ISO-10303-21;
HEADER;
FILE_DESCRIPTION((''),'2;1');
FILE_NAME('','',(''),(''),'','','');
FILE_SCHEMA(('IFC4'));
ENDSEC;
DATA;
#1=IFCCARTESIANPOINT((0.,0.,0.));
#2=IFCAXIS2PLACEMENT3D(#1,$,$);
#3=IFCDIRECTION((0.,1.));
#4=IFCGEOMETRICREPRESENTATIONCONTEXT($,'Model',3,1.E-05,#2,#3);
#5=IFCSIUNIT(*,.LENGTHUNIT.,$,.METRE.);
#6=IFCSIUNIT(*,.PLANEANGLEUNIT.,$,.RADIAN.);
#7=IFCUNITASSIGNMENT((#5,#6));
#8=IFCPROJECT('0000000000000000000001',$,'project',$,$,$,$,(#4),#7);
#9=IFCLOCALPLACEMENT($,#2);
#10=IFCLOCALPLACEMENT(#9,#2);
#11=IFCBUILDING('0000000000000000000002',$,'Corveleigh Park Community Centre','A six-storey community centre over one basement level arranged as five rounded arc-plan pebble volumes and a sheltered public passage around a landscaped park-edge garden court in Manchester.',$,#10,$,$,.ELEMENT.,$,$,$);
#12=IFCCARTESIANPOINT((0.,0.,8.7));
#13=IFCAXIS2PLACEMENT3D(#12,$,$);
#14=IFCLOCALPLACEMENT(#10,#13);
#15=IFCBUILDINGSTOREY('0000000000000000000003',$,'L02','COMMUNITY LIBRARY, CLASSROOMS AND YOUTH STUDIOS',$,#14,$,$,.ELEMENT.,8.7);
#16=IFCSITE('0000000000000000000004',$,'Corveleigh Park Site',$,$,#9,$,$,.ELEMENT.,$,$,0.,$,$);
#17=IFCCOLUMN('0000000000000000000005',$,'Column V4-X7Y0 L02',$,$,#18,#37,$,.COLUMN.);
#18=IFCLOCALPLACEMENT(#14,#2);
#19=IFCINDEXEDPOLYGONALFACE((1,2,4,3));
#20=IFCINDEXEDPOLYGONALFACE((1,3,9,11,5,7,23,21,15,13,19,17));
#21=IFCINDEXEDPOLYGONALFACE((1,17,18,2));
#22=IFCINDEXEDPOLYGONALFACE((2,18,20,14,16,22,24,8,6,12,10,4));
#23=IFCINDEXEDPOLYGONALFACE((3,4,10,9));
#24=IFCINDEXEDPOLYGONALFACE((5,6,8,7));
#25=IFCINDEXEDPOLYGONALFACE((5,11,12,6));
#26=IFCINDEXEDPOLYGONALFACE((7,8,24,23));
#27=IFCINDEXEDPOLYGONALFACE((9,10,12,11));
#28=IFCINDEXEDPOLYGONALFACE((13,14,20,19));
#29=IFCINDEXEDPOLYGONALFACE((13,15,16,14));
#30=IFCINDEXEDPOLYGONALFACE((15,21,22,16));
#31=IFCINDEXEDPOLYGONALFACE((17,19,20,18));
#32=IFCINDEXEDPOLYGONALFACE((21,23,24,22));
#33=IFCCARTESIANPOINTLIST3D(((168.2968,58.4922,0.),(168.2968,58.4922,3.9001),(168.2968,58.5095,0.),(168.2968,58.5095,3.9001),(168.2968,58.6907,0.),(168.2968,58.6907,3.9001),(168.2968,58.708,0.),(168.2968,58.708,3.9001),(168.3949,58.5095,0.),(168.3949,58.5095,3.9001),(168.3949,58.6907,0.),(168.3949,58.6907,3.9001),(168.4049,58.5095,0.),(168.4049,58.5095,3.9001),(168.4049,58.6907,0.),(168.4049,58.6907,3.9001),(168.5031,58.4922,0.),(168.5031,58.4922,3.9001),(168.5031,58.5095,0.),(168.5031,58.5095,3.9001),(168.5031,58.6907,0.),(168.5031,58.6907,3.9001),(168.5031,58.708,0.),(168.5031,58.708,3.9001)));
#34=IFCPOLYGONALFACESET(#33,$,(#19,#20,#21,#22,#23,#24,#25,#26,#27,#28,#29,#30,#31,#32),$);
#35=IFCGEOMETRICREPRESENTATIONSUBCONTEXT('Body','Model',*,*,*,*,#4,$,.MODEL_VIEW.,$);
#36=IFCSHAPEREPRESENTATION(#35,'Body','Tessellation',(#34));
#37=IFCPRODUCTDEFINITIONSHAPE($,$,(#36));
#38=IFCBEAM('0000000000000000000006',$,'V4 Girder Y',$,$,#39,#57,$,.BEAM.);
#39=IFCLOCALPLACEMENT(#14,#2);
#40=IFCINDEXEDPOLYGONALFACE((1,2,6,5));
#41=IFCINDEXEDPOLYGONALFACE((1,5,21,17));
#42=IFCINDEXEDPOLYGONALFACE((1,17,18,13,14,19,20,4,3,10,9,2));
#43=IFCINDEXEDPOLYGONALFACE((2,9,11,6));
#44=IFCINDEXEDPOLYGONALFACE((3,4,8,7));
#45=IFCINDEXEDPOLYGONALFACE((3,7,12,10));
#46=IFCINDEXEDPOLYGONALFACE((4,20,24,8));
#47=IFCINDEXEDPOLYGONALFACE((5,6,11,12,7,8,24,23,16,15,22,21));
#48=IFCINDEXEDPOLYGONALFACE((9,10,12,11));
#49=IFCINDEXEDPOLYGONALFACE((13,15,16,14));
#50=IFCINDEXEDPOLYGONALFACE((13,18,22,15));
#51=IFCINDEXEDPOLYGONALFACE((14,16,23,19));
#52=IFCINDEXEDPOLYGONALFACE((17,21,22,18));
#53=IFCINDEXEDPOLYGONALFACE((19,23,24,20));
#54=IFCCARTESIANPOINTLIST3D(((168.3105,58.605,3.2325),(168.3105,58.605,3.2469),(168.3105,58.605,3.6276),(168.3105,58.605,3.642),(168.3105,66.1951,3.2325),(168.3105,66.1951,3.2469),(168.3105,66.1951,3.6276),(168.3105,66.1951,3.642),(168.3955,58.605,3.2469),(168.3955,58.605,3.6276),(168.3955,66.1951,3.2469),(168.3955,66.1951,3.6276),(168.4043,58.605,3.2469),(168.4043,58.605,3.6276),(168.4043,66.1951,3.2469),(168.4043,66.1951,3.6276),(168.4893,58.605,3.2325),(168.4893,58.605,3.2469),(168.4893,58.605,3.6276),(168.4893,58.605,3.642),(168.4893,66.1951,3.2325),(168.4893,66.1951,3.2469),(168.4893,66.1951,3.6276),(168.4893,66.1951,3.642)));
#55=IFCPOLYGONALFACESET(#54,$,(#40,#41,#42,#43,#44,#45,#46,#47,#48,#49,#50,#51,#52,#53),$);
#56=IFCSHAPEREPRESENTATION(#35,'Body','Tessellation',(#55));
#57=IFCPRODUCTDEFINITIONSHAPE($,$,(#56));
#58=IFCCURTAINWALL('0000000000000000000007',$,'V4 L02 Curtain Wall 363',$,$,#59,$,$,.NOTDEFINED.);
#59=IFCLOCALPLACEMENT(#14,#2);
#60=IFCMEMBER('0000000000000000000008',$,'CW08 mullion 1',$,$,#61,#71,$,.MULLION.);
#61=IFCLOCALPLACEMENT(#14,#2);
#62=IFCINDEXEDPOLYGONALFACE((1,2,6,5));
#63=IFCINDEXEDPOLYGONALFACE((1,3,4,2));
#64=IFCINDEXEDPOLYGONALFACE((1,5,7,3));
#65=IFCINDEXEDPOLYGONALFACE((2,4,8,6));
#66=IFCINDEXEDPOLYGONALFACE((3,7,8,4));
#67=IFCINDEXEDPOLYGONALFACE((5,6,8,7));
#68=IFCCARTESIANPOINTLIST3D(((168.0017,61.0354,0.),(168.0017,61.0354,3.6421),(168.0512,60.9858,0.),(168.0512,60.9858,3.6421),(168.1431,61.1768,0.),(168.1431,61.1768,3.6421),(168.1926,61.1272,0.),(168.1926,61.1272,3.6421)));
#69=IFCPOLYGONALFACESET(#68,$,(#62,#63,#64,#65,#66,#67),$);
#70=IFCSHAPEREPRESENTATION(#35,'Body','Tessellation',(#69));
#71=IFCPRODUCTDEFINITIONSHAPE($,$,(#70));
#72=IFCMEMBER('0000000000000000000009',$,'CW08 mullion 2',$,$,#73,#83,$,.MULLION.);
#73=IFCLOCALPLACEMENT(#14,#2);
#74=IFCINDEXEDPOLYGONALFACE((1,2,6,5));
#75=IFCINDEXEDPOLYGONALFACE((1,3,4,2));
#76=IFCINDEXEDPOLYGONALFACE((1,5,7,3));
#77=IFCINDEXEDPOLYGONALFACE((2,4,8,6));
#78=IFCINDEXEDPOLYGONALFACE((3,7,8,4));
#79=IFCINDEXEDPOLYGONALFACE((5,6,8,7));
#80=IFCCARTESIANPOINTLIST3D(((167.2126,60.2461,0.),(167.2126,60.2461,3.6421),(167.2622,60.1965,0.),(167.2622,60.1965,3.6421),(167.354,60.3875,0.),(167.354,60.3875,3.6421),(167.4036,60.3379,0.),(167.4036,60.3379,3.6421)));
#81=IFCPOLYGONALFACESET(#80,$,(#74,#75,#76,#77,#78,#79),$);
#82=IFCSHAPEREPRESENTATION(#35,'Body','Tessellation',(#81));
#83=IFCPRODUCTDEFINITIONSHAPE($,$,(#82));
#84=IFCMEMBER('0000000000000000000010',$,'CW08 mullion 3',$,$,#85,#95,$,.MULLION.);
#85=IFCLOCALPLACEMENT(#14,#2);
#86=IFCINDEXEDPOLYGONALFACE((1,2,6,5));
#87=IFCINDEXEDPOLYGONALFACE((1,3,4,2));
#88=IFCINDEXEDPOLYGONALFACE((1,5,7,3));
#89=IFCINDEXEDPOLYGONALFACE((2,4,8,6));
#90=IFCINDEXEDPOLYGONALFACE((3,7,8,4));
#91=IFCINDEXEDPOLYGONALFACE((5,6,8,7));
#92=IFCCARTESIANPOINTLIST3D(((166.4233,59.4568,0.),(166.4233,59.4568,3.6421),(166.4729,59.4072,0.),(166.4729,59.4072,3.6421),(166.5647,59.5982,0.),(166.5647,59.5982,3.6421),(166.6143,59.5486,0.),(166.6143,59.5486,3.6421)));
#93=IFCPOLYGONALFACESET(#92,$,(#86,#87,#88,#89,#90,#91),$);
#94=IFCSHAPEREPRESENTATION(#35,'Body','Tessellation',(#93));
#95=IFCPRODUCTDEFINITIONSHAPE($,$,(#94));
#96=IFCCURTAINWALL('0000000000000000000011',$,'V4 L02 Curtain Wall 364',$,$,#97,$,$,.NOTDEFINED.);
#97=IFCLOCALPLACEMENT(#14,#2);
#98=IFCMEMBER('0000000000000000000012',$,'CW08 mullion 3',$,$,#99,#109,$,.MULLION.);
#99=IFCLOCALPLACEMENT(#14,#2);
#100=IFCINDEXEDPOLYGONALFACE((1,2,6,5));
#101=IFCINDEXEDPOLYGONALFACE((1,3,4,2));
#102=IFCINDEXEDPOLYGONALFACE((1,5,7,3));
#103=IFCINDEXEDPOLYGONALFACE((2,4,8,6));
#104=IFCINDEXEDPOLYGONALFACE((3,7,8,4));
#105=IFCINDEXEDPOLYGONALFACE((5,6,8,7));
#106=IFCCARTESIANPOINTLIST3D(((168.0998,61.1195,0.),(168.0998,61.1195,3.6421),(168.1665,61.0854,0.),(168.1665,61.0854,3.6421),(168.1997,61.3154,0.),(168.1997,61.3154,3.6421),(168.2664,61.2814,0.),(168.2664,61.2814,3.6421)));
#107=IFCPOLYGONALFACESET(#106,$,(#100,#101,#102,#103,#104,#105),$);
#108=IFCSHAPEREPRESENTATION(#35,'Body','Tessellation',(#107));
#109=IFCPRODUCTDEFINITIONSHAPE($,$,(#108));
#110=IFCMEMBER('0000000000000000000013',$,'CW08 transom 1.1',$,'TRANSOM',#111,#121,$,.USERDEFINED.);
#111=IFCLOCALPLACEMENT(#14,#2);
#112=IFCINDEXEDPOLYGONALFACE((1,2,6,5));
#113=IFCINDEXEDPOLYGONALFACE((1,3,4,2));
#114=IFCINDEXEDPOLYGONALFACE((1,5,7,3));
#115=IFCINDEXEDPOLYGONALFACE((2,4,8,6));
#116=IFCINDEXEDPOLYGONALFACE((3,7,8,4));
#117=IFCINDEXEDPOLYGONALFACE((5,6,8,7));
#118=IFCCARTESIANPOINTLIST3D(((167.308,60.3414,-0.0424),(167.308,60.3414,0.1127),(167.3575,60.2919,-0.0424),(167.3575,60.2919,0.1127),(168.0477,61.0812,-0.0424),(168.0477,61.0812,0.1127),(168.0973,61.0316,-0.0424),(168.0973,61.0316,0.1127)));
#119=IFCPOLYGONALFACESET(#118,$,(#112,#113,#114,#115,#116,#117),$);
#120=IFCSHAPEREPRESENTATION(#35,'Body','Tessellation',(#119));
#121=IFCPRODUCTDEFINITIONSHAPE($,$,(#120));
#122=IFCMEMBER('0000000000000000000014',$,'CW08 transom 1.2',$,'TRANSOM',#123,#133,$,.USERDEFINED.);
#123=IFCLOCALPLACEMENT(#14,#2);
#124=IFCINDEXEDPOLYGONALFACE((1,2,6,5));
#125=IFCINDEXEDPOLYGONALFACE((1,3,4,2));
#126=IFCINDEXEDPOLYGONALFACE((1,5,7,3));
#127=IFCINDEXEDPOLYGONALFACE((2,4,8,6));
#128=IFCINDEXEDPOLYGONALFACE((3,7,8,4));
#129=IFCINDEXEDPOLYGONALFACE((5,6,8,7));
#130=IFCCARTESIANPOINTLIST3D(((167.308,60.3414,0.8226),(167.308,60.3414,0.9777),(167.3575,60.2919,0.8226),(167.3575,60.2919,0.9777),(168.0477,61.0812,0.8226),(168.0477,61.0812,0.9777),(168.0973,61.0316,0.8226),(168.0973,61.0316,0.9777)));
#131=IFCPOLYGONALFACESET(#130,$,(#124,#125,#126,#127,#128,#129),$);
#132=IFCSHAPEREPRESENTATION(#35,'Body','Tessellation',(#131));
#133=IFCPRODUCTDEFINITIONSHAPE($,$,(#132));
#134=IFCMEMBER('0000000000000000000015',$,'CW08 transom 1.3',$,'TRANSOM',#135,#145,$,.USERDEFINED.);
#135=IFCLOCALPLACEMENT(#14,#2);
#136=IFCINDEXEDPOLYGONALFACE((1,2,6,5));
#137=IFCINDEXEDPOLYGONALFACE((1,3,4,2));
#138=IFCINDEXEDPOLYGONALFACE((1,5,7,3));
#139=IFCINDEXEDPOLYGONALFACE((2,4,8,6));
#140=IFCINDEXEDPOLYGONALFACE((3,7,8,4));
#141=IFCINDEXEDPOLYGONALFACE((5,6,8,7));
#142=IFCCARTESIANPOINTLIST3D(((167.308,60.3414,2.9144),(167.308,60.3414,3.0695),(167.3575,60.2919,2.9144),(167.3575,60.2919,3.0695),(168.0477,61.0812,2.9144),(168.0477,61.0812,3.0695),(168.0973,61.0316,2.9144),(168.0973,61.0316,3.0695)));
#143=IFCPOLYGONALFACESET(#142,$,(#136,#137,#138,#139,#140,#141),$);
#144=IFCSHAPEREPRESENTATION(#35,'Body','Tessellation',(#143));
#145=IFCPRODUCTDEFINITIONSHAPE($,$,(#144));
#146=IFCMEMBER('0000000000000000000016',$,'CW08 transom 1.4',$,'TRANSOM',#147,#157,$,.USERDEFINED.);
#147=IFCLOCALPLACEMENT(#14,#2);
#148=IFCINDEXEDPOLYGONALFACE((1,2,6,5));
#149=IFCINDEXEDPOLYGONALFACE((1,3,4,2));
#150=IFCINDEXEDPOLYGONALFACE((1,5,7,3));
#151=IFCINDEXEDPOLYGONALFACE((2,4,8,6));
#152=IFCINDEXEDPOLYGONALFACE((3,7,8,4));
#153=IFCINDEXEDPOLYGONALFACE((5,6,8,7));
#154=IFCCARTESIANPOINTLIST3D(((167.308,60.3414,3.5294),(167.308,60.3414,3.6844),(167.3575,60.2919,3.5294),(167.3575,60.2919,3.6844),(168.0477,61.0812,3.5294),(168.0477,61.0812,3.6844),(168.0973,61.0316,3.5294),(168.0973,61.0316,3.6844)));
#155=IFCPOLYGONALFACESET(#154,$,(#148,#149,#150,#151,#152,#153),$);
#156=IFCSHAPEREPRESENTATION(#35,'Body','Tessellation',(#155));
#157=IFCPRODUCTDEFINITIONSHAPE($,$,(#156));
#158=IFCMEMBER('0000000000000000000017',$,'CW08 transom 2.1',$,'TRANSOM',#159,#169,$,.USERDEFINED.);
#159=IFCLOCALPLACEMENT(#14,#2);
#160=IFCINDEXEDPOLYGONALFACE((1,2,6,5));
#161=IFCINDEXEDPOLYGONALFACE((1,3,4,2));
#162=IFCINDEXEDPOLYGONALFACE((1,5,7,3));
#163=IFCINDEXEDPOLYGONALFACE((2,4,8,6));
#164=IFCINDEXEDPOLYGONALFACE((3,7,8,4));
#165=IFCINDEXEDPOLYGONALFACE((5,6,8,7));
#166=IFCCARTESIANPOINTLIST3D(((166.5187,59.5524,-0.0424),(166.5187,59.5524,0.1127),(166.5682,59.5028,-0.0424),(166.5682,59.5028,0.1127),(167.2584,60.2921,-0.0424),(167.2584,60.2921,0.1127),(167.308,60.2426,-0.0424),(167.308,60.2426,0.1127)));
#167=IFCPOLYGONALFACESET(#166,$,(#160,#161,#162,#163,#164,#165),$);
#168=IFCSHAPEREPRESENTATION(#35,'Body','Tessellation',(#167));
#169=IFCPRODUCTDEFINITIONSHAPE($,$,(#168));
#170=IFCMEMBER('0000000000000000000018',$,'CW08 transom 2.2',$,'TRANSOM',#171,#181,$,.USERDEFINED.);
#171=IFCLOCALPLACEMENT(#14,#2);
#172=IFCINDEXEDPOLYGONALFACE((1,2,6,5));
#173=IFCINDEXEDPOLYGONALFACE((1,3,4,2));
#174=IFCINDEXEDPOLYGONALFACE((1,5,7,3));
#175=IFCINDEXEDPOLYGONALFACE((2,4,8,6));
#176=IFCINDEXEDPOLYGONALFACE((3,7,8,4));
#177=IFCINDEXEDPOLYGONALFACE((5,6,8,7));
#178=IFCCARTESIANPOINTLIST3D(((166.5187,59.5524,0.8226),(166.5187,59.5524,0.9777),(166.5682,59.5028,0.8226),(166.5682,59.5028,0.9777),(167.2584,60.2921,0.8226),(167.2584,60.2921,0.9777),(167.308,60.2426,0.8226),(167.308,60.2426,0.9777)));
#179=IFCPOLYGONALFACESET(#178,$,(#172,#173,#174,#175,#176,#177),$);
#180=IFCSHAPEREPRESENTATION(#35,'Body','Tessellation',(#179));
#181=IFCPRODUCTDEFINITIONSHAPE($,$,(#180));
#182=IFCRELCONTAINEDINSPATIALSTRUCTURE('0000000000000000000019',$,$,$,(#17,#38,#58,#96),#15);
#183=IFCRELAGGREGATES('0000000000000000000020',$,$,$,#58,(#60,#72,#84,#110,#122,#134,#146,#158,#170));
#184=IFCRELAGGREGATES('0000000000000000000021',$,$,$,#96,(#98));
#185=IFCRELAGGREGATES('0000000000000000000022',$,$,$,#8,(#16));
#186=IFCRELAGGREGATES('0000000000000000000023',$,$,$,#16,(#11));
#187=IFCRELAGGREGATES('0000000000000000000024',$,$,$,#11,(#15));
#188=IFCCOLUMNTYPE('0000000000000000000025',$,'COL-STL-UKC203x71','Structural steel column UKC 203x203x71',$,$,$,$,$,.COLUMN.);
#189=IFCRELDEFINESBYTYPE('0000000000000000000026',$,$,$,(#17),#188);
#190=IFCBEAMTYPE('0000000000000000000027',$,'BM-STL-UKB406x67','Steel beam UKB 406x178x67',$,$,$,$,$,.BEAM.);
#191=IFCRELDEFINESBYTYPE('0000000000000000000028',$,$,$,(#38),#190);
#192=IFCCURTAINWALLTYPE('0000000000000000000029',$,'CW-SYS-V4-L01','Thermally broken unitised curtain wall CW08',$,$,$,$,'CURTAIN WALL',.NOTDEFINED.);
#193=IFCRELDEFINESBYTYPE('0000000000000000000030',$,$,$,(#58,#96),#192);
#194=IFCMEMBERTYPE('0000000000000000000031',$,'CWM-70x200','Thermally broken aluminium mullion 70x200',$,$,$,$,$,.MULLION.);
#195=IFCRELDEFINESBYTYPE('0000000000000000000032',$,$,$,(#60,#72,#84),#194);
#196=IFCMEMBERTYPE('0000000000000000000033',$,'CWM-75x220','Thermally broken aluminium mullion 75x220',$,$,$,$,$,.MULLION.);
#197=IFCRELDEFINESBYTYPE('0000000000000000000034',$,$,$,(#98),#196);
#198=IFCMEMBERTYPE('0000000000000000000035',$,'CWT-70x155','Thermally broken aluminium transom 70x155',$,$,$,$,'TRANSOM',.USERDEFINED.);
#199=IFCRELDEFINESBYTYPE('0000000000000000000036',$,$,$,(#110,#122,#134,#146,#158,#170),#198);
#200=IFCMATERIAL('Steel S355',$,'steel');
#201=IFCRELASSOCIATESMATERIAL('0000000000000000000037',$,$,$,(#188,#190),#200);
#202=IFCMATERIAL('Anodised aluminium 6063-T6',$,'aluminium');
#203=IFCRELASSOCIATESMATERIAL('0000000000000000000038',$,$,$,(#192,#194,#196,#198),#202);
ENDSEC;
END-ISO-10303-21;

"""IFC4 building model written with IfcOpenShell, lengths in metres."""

from ifc_helpers import new_model, si_unit, direction, frame, origin, origin_2d, place, context, subcontext, project, spatial, rectangle, i_section, extrude, material, material_profile, profile_set, type_object, element, aggregate, save


model = new_model("IFC4")

# Units and contexts
model_context = context("Model", 3, precision=1e-05, world=origin(), true_north=direction((0.0, 1.0)))
body_context = subcontext(model_context, "Body", "Model", "MODEL_VIEW")
ifc_project = project(units=[si_unit("LENGTHUNIT", "METRE"), si_unit("PLANEANGLEUNIT", "RADIAN")], contexts=[model_context])

# Site, building, storey
site_placement = place(None, origin())
site = spatial("IfcSite", under=ifc_project, at=site_placement, Name="Corveleigh Park Site", CompositionType="ELEMENT", RefElevation=0.0)
building_placement = place(site_placement, origin())
building = spatial("IfcBuilding", under=site, at=building_placement, Name="Corveleigh Park Community Centre", Description="A six-storey community centre over one basement level arranged as five rounded arc-plan pebble volumes and a sheltered public passage around a landscaped park-edge garden court in Manchester.", CompositionType="ELEMENT")
storey_placement = place(building_placement, frame((0.0, 0.0, 8.7)))
storey = spatial("IfcBuildingStorey", under=building, at=storey_placement, Name="L02", Description="COMMUNITY LIBRARY, CLASSROOMS AND YOUTH STUDIOS", CompositionType="ELEMENT", Elevation=8.7)

# Column
ifc_material_1 = material(Name="Steel S355", Category="steel")
ifc_material_profile_1 = material_profile(ifc_material_1, i_section(OverallWidth=0.2063, OverallDepth=0.2158, WebThickness=0.01, FlangeThickness=0.0173, at=origin_2d()), Name="UKC 203x203x71", Category="steel")
ifc_profile_set_1 = profile_set([ifc_material_profile_1], Name="Steel S355")
column_type = type_object("IfcColumnType", Name="COL-STL-UKC203x71", Description="Structural steel column UKC 203x203x71", PredefinedType="COLUMN", material=ifc_profile_set_1)
column_placement = place(storey_placement, frame((168.3999, 58.6001, 0.0), z_axis=(0.0, 0.0, 1.0), x_axis=(1.0, 0.0, 0.0)))
element("IfcColumn", 1, at=column_placement, inside=storey, type_object=column_type, Name="Column V4-X7Y0 L02", PredefinedType="COLUMN", context=body_context, shape_type="SweptSolid", body=[
    extrude(i_section(OverallWidth=0.2063, OverallDepth=0.2158, WebThickness=0.01, FlangeThickness=0.0173, at=origin_2d()), origin(), (0.0, 0.0, 1.0), 3.9001),
])

# Beam
ifc_material_profile_2 = material_profile(ifc_material_1, i_section(OverallWidth=0.1787, OverallDepth=0.4094, WebThickness=0.0088, FlangeThickness=0.0144, at=origin_2d()), Name="UKB 406x178x67", Category="steel")
ifc_profile_set_2 = profile_set([ifc_material_profile_2], Name="Steel S355")
beam_type = type_object("IfcBeamType", Name="BM-STL-UKB406x67", Description="Steel beam UKB 406x178x67", PredefinedType="BEAM", material=ifc_profile_set_2)
beam_placement = place(storey_placement, frame((168.3999, 58.605, 3.4373), z_axis=(0.0, 1.0, 0.0), x_axis=(-1.0, 0.0, 0.0)))
element("IfcBeam", 2, at=beam_placement, inside=storey, type_object=beam_type, Name="V4 Girder Y", PredefinedType="BEAM", context=body_context, shape_type="SweptSolid", body=[
    extrude(i_section(OverallWidth=0.1787, OverallDepth=0.4094, WebThickness=0.0088, FlangeThickness=0.0144, at=origin_2d()), origin(), (0.0, 0.0, 1.0), 7.5901),
])

# Curtain wall, members
ifc_material_2 = material(Name="Anodised aluminium 6063-T6", Category="aluminium")
curtain_wall_type = type_object("IfcCurtainWallType", Name="CW-SYS-V4-L01", Description="Thermally broken unitised curtain wall CW08", ElementType="CURTAIN WALL", PredefinedType="NOTDEFINED", material=ifc_material_2)
curtain_wall_1_placement = place(storey_placement, origin())
curtain_wall_1 = element("IfcCurtainWall", 3, at=curtain_wall_1_placement, inside=storey, type_object=curtain_wall_type, Name="V4 L02 Curtain Wall 363", PredefinedType="NOTDEFINED")
ifc_material_profile_3 = material_profile(ifc_material_2, rectangle(XDim=0.0701, YDim=0.2, at=origin_2d()), Name="ALU-M70x200", Category="aluminium")
ifc_profile_set_3 = profile_set([ifc_material_profile_3], Name="Anodised aluminium 6063-T6")
member_type_1 = type_object("IfcMemberType", Name="CWM-70x200", Description="Thermally broken aluminium mullion 70x200", PredefinedType="MULLION", material=ifc_profile_set_3)
member_1_placement = place(storey_placement, frame((168.0972, 61.0813, 0.0), z_axis=(0.0, 0.0, 1.0), x_axis=(0.707107, -0.707107, 0.0)))
member_1 = element("IfcMember", 4, at=member_1_placement, type_object=member_type_1, Name="CW08 mullion 1", PredefinedType="MULLION", context=body_context, shape_type="SweptSolid", body=[
    extrude(rectangle(XDim=0.0701, YDim=0.2, at=origin_2d()), origin(), (0.0, 0.0, 1.0), 3.6421),
])
member_2_placement = place(storey_placement, frame((167.3081, 60.292, 0.0), z_axis=(0.0, 0.0, 1.0), x_axis=(0.707107, -0.707107, 0.0)))
member_2 = element("IfcMember", 5, at=member_2_placement, type_object=member_type_1, Name="CW08 mullion 2", PredefinedType="MULLION", context=body_context, shape_type="SweptSolid", body=[
    extrude(rectangle(XDim=0.0701, YDim=0.2, at=origin_2d()), origin(), (0.0, 0.0, 1.0), 3.6421),
])
member_3_placement = place(storey_placement, frame((166.5188, 59.5027, 0.0), z_axis=(0.0, 0.0, 1.0), x_axis=(0.707107, -0.707107, 0.0)))
member_3 = element("IfcMember", 6, at=member_3_placement, type_object=member_type_1, Name="CW08 mullion 3", PredefinedType="MULLION", context=body_context, shape_type="SweptSolid", body=[
    extrude(rectangle(XDim=0.0701, YDim=0.2, at=origin_2d()), origin(), (0.0, 0.0, 1.0), 3.6421),
])

# Curtain wall, member
curtain_wall_2_placement = place(storey_placement, origin())
curtain_wall_2 = element("IfcCurtainWall", 7, at=curtain_wall_2_placement, inside=storey, type_object=curtain_wall_type, Name="V4 L02 Curtain Wall 364", PredefinedType="NOTDEFINED")
ifc_material_profile_4 = material_profile(ifc_material_2, rectangle(XDim=0.075, YDim=0.22, at=origin_2d()), Name="ALU-M75x220", Category="aluminium")
ifc_profile_set_4 = profile_set([ifc_material_profile_4], Name="Anodised aluminium 6063-T6")
member_type_2 = type_object("IfcMemberType", Name="CWM-75x220", Description="Thermally broken aluminium mullion 75x220", PredefinedType="MULLION", material=ifc_profile_set_4)
member_4_placement = place(storey_placement, frame((168.1831, 61.2004, 0.0), z_axis=(0.0, 0.0, 1.0), x_axis=(0.890923, -0.454154, 0.0)))
member_4 = element("IfcMember", 8, at=member_4_placement, type_object=member_type_2, Name="CW08 mullion 3", PredefinedType="MULLION", context=body_context, shape_type="SweptSolid", body=[
    extrude(rectangle(XDim=0.075, YDim=0.22, at=origin_2d()), origin(), (0.0, 0.0, 1.0), 3.6421),
])

# Members
ifc_material_profile_5 = material_profile(ifc_material_2, rectangle(XDim=0.0701, YDim=0.155, at=origin_2d()), Name="ALU-T70x155", Category="aluminium")
ifc_profile_set_5 = profile_set([ifc_material_profile_5], Name="Anodised aluminium 6063-T6")
member_type_3 = type_object("IfcMemberType", Name="CWT-70x155", Description="Thermally broken aluminium transom 70x155", ElementType="TRANSOM", PredefinedType="USERDEFINED", material=ifc_profile_set_5)
member_5_placement = place(storey_placement, frame((168.0725, 61.0564, 0.0352), z_axis=(-0.707107, -0.707107, 0.0), x_axis=(0.707107, -0.707107, 0.0)))
member_5 = element("IfcMember", 9, at=member_5_placement, type_object=member_type_3, Name="CW08 transom 1.1", ObjectType="TRANSOM", PredefinedType="USERDEFINED", context=body_context, shape_type="SweptSolid", body=[
    extrude(rectangle(XDim=0.0701, YDim=0.155, at=origin_2d()), origin(), (0.0, 0.0, 1.0), 1.0461),
])
member_6_placement = place(storey_placement, frame((168.0725, 61.0564, 0.9001), z_axis=(-0.707107, -0.707107, 0.0), x_axis=(0.707107, -0.707107, 0.0)))
member_6 = element("IfcMember", 10, at=member_6_placement, type_object=member_type_3, Name="CW08 transom 1.2", ObjectType="TRANSOM", PredefinedType="USERDEFINED", context=body_context, shape_type="SweptSolid", body=[
    extrude(rectangle(XDim=0.0701, YDim=0.155, at=origin_2d()), origin(), (0.0, 0.0, 1.0), 1.0461),
])
member_7_placement = place(storey_placement, frame((168.0725, 61.0564, 2.9919), z_axis=(-0.707107, -0.707107, 0.0), x_axis=(0.707107, -0.707107, 0.0)))
member_7 = element("IfcMember", 11, at=member_7_placement, type_object=member_type_3, Name="CW08 transom 1.3", ObjectType="TRANSOM", PredefinedType="USERDEFINED", context=body_context, shape_type="SweptSolid", body=[
    extrude(rectangle(XDim=0.0701, YDim=0.155, at=origin_2d()), origin(), (0.0, 0.0, 1.0), 1.0461),
])
member_8_placement = place(storey_placement, frame((168.0725, 61.0564, 3.6069), z_axis=(-0.707107, -0.707107, 0.0), x_axis=(0.707107, -0.707107, 0.0)))
member_8 = element("IfcMember", 12, at=member_8_placement, type_object=member_type_3, Name="CW08 transom 1.4", ObjectType="TRANSOM", PredefinedType="USERDEFINED", context=body_context, shape_type="SweptSolid", body=[
    extrude(rectangle(XDim=0.0701, YDim=0.155, at=origin_2d()), origin(), (0.0, 0.0, 1.0), 1.0461),
])
member_9_placement = place(storey_placement, frame((167.2832, 60.2673, 0.0352), z_axis=(-0.707107, -0.707107, 0.0), x_axis=(0.707107, -0.707107, 0.0)))
member_9 = element("IfcMember", 13, at=member_9_placement, type_object=member_type_3, Name="CW08 transom 2.1", ObjectType="TRANSOM", PredefinedType="USERDEFINED", context=body_context, shape_type="SweptSolid", body=[
    extrude(rectangle(XDim=0.0701, YDim=0.155, at=origin_2d()), origin(), (0.0, 0.0, 1.0), 1.0461),
])
member_10_placement = place(storey_placement, frame((167.2832, 60.2673, 0.9001), z_axis=(-0.707107, -0.707107, 0.0), x_axis=(0.707107, -0.707107, 0.0)))
member_10 = element("IfcMember", 14, at=member_10_placement, type_object=member_type_3, Name="CW08 transom 2.2", ObjectType="TRANSOM", PredefinedType="USERDEFINED", context=body_context, shape_type="SweptSolid", body=[
    extrude(rectangle(XDim=0.0701, YDim=0.155, at=origin_2d()), origin(), (0.0, 0.0, 1.0), 1.0461),
])

aggregate(curtain_wall_1, [member_1, member_2, member_3, member_5, member_6, member_7, member_8, member_9, member_10])
aggregate(curtain_wall_2, [member_4])

save(model, "model.ifc")
